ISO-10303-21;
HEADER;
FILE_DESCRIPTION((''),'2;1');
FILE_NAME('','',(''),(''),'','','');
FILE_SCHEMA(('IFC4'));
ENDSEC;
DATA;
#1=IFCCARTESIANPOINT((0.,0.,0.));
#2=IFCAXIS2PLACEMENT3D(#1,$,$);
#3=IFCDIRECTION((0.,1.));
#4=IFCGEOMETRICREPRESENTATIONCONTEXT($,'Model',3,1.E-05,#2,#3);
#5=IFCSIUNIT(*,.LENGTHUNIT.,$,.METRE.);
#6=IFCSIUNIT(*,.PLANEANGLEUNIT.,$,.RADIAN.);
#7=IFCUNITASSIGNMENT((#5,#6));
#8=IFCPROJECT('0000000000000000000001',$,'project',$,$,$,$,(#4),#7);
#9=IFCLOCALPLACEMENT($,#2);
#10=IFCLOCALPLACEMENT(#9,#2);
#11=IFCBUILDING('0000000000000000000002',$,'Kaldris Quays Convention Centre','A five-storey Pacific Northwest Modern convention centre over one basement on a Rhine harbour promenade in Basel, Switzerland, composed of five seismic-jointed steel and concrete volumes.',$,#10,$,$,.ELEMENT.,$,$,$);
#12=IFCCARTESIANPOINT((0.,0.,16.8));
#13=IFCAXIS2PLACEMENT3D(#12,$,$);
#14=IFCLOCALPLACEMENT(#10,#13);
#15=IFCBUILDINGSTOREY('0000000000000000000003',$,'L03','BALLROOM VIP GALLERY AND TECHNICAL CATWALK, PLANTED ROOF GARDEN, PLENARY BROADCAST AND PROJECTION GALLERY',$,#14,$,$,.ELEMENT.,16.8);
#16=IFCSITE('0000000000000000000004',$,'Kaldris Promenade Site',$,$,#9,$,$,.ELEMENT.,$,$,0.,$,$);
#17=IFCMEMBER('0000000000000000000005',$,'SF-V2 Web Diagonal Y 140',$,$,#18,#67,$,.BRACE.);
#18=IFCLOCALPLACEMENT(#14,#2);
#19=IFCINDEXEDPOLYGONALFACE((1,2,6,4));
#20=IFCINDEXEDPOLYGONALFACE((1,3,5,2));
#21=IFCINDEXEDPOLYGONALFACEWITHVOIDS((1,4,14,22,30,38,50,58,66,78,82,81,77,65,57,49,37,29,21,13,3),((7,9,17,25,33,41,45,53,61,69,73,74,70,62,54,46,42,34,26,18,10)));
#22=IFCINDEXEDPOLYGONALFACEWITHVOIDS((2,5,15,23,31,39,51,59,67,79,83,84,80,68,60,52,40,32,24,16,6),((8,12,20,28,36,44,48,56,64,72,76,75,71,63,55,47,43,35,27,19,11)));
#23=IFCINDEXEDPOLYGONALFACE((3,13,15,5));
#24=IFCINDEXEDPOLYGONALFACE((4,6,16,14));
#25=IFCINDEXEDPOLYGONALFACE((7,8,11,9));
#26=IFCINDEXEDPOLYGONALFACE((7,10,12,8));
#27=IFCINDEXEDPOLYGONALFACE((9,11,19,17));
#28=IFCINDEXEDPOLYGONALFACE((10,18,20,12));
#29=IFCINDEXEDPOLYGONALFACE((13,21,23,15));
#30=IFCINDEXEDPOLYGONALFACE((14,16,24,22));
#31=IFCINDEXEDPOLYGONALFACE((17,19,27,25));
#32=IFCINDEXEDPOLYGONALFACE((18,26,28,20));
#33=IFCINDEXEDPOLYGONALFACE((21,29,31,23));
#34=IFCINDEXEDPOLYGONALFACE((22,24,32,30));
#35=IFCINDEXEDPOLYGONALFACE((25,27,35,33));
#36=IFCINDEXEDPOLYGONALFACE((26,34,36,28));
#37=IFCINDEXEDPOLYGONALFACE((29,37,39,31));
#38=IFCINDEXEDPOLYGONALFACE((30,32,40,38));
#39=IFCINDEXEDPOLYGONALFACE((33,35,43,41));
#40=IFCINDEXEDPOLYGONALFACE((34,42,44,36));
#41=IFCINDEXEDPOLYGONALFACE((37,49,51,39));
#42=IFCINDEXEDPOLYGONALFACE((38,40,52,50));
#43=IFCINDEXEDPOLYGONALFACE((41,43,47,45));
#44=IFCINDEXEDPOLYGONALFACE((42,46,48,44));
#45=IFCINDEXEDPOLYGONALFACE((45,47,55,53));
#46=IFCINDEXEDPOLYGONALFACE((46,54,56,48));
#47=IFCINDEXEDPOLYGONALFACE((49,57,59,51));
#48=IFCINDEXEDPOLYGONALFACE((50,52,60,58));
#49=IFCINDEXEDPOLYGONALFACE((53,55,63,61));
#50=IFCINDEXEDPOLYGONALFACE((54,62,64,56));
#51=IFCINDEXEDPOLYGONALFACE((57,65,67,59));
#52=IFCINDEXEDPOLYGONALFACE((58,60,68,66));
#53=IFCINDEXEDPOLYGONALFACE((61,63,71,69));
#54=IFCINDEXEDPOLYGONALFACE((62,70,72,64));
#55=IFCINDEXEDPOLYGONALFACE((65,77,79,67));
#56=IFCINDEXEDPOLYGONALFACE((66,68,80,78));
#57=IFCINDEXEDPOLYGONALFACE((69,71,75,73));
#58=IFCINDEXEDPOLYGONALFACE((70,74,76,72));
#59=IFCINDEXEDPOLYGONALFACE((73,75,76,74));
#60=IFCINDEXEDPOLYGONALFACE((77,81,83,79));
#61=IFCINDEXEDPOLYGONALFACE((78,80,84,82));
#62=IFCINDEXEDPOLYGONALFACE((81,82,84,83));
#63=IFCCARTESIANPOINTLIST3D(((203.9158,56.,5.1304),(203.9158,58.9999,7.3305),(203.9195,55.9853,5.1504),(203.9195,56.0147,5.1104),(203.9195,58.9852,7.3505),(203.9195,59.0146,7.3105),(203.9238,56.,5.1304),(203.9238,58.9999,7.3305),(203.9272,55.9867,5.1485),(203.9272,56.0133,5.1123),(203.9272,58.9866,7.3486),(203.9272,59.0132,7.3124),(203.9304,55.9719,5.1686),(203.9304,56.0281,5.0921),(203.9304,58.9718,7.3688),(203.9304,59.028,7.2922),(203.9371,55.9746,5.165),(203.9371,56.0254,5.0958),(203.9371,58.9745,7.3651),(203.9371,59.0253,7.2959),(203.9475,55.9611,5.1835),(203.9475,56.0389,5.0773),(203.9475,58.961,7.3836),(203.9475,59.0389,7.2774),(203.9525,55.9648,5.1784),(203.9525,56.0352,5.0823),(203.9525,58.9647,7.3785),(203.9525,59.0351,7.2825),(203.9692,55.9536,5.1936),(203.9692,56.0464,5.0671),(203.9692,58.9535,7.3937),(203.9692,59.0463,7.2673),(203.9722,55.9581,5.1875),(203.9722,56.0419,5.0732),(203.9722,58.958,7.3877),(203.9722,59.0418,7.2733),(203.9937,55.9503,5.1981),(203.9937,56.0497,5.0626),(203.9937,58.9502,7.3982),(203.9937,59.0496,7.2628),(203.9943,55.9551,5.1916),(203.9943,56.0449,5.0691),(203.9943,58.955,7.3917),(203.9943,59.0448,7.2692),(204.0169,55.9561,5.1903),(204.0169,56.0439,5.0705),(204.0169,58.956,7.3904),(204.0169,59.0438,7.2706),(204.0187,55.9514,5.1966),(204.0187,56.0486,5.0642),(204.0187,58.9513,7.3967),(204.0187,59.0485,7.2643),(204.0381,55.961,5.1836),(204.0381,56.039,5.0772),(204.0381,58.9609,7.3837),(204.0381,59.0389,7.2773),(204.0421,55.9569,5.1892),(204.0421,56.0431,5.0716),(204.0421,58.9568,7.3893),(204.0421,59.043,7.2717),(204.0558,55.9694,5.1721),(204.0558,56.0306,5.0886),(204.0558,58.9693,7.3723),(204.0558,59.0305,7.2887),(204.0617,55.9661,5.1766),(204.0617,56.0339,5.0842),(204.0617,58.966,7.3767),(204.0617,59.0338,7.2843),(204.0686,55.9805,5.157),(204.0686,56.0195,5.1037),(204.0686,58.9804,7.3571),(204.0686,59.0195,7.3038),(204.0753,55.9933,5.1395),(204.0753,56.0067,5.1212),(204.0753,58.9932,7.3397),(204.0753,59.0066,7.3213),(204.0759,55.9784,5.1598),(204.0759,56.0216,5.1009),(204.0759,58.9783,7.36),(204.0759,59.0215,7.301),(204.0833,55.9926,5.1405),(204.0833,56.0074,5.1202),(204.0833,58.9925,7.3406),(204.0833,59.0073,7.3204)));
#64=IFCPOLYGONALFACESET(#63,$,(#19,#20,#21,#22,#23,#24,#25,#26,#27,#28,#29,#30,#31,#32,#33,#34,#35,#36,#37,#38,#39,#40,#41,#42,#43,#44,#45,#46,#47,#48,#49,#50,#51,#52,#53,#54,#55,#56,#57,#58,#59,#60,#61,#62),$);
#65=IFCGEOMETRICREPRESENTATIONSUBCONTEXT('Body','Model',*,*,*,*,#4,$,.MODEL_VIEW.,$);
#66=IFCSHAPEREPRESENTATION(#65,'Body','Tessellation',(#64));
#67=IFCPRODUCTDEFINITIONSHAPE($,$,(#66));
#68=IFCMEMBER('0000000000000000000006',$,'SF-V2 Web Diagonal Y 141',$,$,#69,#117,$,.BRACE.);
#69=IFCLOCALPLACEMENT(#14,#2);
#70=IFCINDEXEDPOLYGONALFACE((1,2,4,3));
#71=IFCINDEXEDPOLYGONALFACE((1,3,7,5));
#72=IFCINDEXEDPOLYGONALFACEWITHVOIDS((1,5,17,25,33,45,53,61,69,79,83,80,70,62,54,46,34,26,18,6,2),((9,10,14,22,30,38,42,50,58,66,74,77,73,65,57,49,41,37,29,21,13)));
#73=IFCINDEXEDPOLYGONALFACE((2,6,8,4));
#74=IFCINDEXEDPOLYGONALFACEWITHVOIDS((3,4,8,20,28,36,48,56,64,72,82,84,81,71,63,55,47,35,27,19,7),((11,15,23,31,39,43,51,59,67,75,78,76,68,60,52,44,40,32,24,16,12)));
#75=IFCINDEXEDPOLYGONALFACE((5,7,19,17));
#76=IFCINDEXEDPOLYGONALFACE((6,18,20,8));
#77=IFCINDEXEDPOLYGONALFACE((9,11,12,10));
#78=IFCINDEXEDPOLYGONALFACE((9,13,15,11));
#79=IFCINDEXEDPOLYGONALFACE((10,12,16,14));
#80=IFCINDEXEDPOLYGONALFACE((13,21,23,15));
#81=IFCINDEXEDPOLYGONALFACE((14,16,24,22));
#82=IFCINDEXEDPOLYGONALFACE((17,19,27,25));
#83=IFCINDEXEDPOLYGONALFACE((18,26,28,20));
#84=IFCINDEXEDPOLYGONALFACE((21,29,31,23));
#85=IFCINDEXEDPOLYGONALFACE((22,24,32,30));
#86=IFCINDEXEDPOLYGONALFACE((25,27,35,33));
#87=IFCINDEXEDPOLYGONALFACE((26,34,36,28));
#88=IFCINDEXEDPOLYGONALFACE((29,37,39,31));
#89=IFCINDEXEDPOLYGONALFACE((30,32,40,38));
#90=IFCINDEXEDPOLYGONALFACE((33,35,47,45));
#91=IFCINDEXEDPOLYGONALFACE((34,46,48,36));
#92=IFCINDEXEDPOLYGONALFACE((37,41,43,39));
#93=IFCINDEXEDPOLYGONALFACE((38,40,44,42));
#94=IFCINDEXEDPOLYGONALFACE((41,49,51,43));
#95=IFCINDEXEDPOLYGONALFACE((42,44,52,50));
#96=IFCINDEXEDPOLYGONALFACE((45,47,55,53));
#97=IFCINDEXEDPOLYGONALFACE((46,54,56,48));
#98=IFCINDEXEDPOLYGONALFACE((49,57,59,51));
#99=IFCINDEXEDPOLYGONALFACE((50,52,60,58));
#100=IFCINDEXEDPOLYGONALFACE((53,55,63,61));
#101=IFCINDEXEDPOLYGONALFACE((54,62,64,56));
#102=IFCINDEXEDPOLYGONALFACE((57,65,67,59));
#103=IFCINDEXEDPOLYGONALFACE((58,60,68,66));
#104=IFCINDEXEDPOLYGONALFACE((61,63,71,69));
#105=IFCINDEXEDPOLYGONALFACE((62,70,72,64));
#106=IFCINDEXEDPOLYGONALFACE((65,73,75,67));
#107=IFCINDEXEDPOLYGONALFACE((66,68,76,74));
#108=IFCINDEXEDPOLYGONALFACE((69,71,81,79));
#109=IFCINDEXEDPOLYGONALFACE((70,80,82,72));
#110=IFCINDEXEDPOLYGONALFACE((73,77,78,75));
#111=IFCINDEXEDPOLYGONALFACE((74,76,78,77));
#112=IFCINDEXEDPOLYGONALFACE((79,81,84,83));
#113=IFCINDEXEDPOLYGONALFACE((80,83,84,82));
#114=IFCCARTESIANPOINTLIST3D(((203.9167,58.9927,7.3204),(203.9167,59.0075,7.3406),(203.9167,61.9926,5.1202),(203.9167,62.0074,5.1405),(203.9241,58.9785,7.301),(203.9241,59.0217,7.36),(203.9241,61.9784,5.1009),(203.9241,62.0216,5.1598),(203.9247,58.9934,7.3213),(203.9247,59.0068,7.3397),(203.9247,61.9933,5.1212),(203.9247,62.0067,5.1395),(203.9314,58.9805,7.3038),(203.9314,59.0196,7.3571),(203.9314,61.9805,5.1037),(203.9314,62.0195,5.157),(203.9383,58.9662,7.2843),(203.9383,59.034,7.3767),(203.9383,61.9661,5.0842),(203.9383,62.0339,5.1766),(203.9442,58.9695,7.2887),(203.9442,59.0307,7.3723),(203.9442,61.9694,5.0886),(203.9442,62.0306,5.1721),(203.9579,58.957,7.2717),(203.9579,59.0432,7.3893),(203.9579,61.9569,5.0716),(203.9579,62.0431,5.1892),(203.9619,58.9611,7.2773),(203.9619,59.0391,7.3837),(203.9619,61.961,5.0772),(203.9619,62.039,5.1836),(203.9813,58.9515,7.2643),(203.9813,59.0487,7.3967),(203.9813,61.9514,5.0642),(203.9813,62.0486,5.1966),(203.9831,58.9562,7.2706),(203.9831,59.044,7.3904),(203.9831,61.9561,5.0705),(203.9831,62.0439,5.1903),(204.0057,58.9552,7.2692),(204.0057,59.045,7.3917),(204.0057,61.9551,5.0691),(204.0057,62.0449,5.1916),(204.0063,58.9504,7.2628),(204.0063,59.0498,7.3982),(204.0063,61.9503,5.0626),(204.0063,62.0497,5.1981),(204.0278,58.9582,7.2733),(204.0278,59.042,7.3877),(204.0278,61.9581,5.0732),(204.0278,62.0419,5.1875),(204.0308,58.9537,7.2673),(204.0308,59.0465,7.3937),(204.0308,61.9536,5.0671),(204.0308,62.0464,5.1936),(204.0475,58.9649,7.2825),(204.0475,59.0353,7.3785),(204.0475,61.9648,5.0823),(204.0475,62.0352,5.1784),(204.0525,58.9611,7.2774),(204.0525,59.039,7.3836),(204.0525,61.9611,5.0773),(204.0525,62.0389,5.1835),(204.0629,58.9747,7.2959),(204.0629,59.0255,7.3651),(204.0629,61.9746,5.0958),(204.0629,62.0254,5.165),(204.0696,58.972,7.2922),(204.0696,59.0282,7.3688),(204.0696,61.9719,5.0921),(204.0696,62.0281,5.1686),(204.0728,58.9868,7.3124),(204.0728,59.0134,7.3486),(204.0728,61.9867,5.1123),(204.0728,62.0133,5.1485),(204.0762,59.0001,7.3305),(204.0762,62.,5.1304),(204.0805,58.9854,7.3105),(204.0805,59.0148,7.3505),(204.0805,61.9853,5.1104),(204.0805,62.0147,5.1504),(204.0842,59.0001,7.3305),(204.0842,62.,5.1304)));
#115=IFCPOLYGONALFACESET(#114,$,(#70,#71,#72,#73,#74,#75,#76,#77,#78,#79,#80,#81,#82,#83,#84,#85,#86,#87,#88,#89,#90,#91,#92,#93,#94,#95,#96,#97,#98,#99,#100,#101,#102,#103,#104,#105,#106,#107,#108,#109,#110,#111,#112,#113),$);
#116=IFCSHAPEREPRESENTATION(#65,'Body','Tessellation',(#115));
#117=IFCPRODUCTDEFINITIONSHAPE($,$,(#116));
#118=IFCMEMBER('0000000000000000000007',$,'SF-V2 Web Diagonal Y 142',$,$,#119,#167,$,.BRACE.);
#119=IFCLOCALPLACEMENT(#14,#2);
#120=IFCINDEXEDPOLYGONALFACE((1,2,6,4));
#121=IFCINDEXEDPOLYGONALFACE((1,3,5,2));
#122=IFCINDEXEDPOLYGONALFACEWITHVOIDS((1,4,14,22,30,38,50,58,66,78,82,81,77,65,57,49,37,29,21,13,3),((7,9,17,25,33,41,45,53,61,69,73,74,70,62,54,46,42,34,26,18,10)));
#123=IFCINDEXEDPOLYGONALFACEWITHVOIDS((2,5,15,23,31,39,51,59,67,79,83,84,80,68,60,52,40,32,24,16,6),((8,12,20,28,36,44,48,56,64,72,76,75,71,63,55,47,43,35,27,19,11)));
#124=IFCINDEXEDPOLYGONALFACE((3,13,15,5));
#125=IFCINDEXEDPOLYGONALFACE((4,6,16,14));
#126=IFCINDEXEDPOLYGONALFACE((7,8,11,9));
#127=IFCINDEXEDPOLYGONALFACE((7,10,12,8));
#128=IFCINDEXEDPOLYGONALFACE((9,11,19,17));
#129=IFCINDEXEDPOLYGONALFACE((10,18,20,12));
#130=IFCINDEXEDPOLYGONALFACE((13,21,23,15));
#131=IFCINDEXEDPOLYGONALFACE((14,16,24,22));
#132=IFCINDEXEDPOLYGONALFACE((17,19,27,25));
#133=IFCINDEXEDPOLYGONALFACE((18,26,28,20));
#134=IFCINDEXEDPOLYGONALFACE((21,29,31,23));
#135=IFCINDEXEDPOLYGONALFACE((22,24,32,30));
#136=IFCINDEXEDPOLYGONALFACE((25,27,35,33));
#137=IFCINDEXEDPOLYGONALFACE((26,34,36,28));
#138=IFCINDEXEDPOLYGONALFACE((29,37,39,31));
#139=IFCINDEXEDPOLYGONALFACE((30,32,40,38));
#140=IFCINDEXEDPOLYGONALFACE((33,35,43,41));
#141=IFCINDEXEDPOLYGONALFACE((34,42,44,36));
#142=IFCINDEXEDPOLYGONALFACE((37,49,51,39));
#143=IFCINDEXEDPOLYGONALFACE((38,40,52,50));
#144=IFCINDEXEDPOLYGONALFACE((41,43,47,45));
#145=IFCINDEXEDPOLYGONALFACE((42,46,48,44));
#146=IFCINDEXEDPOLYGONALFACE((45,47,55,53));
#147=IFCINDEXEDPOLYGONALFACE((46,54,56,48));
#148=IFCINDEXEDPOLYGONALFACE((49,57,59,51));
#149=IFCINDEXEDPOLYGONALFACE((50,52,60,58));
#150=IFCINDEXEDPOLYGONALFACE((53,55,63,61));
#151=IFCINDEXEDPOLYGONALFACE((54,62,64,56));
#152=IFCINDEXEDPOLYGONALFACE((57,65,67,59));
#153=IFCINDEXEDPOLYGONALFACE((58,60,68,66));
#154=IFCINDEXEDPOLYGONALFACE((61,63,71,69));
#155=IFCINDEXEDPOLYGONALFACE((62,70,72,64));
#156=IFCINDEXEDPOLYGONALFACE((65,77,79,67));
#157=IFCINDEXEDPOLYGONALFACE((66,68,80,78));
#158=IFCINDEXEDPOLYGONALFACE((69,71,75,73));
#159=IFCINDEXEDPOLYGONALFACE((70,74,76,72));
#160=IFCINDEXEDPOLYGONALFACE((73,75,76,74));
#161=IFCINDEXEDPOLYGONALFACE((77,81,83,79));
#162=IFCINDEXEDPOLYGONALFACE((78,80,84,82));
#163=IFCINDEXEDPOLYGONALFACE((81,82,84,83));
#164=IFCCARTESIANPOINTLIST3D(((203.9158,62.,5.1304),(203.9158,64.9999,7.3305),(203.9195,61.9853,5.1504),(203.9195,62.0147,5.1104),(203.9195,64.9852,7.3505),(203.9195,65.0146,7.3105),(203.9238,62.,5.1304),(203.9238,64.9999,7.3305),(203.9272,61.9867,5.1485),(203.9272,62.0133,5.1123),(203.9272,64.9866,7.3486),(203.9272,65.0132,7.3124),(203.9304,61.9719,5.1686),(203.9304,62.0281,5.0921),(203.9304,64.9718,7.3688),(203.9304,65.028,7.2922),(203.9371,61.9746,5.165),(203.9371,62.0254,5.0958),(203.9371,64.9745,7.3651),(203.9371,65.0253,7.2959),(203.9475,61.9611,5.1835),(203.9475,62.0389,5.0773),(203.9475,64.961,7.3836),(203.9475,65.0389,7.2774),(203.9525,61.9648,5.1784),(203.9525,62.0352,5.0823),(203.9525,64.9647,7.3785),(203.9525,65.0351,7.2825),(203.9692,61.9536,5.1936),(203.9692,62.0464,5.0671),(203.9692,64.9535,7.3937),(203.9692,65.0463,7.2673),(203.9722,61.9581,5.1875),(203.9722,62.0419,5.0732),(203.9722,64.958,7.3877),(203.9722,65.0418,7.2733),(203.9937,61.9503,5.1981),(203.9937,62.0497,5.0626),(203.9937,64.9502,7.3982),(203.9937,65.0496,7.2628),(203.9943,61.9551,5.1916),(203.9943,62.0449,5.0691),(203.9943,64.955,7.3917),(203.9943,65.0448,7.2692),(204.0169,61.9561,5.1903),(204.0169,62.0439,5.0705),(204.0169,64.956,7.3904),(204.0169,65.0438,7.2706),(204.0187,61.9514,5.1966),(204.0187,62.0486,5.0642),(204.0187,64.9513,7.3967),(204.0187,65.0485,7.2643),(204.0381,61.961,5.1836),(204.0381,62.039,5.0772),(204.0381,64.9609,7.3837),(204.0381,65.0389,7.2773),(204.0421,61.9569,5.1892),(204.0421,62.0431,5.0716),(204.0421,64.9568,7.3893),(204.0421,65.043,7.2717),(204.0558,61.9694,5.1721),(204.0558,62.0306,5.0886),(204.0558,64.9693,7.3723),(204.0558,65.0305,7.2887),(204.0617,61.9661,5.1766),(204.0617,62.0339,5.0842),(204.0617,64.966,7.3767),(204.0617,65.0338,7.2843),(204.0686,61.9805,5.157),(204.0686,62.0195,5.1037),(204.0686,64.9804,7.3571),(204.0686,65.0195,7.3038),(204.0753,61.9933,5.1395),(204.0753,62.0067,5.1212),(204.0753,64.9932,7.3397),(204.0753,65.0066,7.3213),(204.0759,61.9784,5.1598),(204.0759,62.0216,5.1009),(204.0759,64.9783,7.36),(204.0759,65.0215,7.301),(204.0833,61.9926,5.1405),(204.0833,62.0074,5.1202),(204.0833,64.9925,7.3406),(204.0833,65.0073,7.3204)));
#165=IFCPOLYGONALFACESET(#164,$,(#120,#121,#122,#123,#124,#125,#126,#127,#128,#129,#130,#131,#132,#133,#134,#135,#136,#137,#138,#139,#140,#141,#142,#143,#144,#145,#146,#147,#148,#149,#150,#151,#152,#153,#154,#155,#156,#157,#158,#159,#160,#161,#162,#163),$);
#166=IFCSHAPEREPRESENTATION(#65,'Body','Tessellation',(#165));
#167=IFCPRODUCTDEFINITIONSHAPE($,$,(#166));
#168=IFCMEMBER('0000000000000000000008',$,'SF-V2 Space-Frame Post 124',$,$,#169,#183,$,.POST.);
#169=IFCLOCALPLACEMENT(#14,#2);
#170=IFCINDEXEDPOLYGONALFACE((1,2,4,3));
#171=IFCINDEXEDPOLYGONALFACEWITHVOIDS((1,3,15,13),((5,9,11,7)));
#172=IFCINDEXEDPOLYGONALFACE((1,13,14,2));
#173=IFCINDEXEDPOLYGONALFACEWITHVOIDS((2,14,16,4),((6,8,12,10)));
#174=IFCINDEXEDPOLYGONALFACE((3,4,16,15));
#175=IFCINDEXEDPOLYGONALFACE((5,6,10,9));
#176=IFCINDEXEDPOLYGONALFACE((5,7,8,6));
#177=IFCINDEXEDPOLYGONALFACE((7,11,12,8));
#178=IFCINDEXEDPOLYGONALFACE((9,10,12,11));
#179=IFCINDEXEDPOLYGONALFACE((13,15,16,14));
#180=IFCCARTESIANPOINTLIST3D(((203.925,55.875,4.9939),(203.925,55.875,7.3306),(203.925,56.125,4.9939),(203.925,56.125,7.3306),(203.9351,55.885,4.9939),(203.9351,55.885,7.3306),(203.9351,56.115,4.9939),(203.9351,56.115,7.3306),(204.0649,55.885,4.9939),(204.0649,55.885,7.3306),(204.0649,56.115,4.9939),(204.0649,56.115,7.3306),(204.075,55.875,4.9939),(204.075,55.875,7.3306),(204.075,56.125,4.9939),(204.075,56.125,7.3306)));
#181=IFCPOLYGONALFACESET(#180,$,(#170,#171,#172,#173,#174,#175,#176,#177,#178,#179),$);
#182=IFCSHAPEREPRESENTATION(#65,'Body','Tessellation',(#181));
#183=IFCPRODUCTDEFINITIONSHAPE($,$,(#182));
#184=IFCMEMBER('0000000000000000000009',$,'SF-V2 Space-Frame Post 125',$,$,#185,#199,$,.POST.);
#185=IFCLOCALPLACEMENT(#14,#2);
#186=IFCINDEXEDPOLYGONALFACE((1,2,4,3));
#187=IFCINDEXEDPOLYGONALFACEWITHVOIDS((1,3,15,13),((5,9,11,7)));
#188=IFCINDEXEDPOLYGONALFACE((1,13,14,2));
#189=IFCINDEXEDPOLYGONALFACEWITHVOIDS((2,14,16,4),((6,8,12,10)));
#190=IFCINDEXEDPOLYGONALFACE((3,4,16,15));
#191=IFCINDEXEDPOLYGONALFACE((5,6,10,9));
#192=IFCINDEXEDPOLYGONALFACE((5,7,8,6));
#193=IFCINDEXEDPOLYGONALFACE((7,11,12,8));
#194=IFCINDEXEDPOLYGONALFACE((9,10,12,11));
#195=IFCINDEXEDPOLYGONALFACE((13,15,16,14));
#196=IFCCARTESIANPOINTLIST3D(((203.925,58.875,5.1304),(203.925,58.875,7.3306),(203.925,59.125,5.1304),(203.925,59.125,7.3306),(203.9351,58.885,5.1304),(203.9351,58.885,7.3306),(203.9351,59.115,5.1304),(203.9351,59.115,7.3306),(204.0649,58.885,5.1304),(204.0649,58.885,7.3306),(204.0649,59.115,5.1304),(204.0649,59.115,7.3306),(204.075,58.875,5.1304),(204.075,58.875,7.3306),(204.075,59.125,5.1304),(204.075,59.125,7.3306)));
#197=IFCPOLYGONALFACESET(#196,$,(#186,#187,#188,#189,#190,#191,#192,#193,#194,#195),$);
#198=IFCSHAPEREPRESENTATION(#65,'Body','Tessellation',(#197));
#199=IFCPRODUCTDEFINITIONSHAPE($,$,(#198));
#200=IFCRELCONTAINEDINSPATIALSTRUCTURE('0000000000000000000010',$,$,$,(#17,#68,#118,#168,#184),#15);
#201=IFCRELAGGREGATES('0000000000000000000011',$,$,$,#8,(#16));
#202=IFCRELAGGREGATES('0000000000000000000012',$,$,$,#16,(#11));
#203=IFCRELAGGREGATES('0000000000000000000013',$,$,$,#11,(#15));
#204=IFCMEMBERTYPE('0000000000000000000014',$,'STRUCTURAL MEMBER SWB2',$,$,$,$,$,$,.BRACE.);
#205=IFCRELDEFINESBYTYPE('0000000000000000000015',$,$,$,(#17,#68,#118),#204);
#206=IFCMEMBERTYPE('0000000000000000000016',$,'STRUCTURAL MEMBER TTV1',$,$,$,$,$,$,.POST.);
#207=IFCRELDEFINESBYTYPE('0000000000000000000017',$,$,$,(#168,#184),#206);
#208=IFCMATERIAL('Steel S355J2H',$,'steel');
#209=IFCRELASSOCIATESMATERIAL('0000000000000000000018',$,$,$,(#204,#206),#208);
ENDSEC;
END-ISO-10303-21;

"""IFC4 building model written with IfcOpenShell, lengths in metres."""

from ifc_helpers import new_model, si_unit, direction, frame, origin, origin_2d, place, context, subcontext, project, spatial, hollow_rectangle, hollow_circle, extrude, material, material_profile, profile_set, type_object, element, save


model = new_model("IFC4")

# Units and contexts
model_context = context("Model", 3, precision=1e-05, world=origin(), true_north=direction((0.0, 1.0)))
body_context = subcontext(model_context, "Body", "Model", "MODEL_VIEW")
ifc_project = project(units=[si_unit("LENGTHUNIT", "METRE"), si_unit("PLANEANGLEUNIT", "RADIAN")], contexts=[model_context])

# Site, building, storey
site_placement = place(None, origin())
site = spatial("IfcSite", under=ifc_project, at=site_placement, Name="Kaldris Promenade Site", CompositionType="ELEMENT", RefElevation=0.0)
building_placement = place(site_placement, origin())
building = spatial("IfcBuilding", under=site, at=building_placement, Name="Kaldris Quays Convention Centre", Description="A five-storey Pacific Northwest Modern convention centre over one basement on a Rhine harbour promenade in Basel, Switzerland, composed of five seismic-jointed steel and concrete volumes.", CompositionType="ELEMENT")
storey_placement = place(building_placement, frame((0.0, 0.0, 16.8)))
storey = spatial("IfcBuildingStorey", under=building, at=storey_placement, Name="L03", Description="BALLROOM VIP GALLERY AND TECHNICAL CATWALK, PLANTED ROOF GARDEN, PLENARY BROADCAST AND PROJECTION GALLERY", CompositionType="ELEMENT", Elevation=16.8)

# Members
ifc_material_1 = material(Name="Steel S355J2H", Category="steel")
ifc_material_profile_1 = material_profile(ifc_material_1, hollow_circle(Radius=0.0842, WallThickness=0.0081, at=origin_2d()), Name="CHS 168.3x8")
ifc_profile_set_1 = profile_set([ifc_material_profile_1], Name="Steel S355J2H")
member_type_1 = type_object("IfcMemberType", Name="STRUCTURAL MEMBER SWB2", PredefinedType="BRACE", material=ifc_profile_set_1)
for number, where, z_axis, x_axis, name in (
    (1, (204.0, 56.0, 5.1304), (0.0, 0.80638, 0.591398), (-1.0, 0.0, 0.0), "SF-V2 Web Diagonal Y 140"),
    (2, (204.0, 62.0, 5.1304), (0.0, -0.80638, 0.591398), (1.0, 0.0, 0.0), "SF-V2 Web Diagonal Y 141"),
    (3, (204.0, 62.0, 5.1304), (0.0, 0.80638, 0.591398), (-1.0, 0.0, 0.0), "SF-V2 Web Diagonal Y 142"),
):
    element("IfcMember", number, at=place(storey_placement, frame(where, z_axis=z_axis, x_axis=x_axis)), inside=storey, type_object=member_type_1, Name=name, PredefinedType="BRACE", context=body_context, shape_type="SweptSolid", body=[
        extrude(hollow_circle(Radius=0.0842, WallThickness=0.0081, at=origin_2d()), origin(), (0.0, 0.0, 1.0), 3.7202),
    ])
ifc_material_profile_2 = material_profile(ifc_material_1, hollow_rectangle(XDim=0.1499, YDim=0.25, WallThickness=0.01, at=origin_2d()), Name="RHS 250x150x10")
ifc_profile_set_2 = profile_set([ifc_material_profile_2], Name="Steel S355J2H")
member_type_2 = type_object("IfcMemberType", Name="STRUCTURAL MEMBER TTV1", PredefinedType="POST", material=ifc_profile_set_2)
member_1_placement = place(storey_placement, frame((204.0, 56.0, 4.9939), z_axis=(0.0, 0.0, 1.0), x_axis=(1.0, 0.0, 0.0)))
element("IfcMember", 4, at=member_1_placement, inside=storey, type_object=member_type_2, Name="SF-V2 Space-Frame Post 124", PredefinedType="POST", context=body_context, shape_type="SweptSolid", body=[
    extrude(hollow_rectangle(XDim=0.1499, YDim=0.25, WallThickness=0.01, at=origin_2d()), origin(), (0.0, 0.0, 1.0), 2.3367),
])
member_2_placement = place(storey_placement, frame((204.0, 59.0, 5.1304), z_axis=(0.0, 0.0, 1.0), x_axis=(1.0, 0.0, 0.0)))
element("IfcMember", 5, at=member_2_placement, inside=storey, type_object=member_type_2, Name="SF-V2 Space-Frame Post 125", PredefinedType="POST", context=body_context, shape_type="SweptSolid", body=[
    extrude(hollow_rectangle(XDim=0.1499, YDim=0.25, WallThickness=0.01, at=origin_2d()), origin(), (0.0, 0.0, 1.0), 2.2002),
])

save(model, "model.ifc")
